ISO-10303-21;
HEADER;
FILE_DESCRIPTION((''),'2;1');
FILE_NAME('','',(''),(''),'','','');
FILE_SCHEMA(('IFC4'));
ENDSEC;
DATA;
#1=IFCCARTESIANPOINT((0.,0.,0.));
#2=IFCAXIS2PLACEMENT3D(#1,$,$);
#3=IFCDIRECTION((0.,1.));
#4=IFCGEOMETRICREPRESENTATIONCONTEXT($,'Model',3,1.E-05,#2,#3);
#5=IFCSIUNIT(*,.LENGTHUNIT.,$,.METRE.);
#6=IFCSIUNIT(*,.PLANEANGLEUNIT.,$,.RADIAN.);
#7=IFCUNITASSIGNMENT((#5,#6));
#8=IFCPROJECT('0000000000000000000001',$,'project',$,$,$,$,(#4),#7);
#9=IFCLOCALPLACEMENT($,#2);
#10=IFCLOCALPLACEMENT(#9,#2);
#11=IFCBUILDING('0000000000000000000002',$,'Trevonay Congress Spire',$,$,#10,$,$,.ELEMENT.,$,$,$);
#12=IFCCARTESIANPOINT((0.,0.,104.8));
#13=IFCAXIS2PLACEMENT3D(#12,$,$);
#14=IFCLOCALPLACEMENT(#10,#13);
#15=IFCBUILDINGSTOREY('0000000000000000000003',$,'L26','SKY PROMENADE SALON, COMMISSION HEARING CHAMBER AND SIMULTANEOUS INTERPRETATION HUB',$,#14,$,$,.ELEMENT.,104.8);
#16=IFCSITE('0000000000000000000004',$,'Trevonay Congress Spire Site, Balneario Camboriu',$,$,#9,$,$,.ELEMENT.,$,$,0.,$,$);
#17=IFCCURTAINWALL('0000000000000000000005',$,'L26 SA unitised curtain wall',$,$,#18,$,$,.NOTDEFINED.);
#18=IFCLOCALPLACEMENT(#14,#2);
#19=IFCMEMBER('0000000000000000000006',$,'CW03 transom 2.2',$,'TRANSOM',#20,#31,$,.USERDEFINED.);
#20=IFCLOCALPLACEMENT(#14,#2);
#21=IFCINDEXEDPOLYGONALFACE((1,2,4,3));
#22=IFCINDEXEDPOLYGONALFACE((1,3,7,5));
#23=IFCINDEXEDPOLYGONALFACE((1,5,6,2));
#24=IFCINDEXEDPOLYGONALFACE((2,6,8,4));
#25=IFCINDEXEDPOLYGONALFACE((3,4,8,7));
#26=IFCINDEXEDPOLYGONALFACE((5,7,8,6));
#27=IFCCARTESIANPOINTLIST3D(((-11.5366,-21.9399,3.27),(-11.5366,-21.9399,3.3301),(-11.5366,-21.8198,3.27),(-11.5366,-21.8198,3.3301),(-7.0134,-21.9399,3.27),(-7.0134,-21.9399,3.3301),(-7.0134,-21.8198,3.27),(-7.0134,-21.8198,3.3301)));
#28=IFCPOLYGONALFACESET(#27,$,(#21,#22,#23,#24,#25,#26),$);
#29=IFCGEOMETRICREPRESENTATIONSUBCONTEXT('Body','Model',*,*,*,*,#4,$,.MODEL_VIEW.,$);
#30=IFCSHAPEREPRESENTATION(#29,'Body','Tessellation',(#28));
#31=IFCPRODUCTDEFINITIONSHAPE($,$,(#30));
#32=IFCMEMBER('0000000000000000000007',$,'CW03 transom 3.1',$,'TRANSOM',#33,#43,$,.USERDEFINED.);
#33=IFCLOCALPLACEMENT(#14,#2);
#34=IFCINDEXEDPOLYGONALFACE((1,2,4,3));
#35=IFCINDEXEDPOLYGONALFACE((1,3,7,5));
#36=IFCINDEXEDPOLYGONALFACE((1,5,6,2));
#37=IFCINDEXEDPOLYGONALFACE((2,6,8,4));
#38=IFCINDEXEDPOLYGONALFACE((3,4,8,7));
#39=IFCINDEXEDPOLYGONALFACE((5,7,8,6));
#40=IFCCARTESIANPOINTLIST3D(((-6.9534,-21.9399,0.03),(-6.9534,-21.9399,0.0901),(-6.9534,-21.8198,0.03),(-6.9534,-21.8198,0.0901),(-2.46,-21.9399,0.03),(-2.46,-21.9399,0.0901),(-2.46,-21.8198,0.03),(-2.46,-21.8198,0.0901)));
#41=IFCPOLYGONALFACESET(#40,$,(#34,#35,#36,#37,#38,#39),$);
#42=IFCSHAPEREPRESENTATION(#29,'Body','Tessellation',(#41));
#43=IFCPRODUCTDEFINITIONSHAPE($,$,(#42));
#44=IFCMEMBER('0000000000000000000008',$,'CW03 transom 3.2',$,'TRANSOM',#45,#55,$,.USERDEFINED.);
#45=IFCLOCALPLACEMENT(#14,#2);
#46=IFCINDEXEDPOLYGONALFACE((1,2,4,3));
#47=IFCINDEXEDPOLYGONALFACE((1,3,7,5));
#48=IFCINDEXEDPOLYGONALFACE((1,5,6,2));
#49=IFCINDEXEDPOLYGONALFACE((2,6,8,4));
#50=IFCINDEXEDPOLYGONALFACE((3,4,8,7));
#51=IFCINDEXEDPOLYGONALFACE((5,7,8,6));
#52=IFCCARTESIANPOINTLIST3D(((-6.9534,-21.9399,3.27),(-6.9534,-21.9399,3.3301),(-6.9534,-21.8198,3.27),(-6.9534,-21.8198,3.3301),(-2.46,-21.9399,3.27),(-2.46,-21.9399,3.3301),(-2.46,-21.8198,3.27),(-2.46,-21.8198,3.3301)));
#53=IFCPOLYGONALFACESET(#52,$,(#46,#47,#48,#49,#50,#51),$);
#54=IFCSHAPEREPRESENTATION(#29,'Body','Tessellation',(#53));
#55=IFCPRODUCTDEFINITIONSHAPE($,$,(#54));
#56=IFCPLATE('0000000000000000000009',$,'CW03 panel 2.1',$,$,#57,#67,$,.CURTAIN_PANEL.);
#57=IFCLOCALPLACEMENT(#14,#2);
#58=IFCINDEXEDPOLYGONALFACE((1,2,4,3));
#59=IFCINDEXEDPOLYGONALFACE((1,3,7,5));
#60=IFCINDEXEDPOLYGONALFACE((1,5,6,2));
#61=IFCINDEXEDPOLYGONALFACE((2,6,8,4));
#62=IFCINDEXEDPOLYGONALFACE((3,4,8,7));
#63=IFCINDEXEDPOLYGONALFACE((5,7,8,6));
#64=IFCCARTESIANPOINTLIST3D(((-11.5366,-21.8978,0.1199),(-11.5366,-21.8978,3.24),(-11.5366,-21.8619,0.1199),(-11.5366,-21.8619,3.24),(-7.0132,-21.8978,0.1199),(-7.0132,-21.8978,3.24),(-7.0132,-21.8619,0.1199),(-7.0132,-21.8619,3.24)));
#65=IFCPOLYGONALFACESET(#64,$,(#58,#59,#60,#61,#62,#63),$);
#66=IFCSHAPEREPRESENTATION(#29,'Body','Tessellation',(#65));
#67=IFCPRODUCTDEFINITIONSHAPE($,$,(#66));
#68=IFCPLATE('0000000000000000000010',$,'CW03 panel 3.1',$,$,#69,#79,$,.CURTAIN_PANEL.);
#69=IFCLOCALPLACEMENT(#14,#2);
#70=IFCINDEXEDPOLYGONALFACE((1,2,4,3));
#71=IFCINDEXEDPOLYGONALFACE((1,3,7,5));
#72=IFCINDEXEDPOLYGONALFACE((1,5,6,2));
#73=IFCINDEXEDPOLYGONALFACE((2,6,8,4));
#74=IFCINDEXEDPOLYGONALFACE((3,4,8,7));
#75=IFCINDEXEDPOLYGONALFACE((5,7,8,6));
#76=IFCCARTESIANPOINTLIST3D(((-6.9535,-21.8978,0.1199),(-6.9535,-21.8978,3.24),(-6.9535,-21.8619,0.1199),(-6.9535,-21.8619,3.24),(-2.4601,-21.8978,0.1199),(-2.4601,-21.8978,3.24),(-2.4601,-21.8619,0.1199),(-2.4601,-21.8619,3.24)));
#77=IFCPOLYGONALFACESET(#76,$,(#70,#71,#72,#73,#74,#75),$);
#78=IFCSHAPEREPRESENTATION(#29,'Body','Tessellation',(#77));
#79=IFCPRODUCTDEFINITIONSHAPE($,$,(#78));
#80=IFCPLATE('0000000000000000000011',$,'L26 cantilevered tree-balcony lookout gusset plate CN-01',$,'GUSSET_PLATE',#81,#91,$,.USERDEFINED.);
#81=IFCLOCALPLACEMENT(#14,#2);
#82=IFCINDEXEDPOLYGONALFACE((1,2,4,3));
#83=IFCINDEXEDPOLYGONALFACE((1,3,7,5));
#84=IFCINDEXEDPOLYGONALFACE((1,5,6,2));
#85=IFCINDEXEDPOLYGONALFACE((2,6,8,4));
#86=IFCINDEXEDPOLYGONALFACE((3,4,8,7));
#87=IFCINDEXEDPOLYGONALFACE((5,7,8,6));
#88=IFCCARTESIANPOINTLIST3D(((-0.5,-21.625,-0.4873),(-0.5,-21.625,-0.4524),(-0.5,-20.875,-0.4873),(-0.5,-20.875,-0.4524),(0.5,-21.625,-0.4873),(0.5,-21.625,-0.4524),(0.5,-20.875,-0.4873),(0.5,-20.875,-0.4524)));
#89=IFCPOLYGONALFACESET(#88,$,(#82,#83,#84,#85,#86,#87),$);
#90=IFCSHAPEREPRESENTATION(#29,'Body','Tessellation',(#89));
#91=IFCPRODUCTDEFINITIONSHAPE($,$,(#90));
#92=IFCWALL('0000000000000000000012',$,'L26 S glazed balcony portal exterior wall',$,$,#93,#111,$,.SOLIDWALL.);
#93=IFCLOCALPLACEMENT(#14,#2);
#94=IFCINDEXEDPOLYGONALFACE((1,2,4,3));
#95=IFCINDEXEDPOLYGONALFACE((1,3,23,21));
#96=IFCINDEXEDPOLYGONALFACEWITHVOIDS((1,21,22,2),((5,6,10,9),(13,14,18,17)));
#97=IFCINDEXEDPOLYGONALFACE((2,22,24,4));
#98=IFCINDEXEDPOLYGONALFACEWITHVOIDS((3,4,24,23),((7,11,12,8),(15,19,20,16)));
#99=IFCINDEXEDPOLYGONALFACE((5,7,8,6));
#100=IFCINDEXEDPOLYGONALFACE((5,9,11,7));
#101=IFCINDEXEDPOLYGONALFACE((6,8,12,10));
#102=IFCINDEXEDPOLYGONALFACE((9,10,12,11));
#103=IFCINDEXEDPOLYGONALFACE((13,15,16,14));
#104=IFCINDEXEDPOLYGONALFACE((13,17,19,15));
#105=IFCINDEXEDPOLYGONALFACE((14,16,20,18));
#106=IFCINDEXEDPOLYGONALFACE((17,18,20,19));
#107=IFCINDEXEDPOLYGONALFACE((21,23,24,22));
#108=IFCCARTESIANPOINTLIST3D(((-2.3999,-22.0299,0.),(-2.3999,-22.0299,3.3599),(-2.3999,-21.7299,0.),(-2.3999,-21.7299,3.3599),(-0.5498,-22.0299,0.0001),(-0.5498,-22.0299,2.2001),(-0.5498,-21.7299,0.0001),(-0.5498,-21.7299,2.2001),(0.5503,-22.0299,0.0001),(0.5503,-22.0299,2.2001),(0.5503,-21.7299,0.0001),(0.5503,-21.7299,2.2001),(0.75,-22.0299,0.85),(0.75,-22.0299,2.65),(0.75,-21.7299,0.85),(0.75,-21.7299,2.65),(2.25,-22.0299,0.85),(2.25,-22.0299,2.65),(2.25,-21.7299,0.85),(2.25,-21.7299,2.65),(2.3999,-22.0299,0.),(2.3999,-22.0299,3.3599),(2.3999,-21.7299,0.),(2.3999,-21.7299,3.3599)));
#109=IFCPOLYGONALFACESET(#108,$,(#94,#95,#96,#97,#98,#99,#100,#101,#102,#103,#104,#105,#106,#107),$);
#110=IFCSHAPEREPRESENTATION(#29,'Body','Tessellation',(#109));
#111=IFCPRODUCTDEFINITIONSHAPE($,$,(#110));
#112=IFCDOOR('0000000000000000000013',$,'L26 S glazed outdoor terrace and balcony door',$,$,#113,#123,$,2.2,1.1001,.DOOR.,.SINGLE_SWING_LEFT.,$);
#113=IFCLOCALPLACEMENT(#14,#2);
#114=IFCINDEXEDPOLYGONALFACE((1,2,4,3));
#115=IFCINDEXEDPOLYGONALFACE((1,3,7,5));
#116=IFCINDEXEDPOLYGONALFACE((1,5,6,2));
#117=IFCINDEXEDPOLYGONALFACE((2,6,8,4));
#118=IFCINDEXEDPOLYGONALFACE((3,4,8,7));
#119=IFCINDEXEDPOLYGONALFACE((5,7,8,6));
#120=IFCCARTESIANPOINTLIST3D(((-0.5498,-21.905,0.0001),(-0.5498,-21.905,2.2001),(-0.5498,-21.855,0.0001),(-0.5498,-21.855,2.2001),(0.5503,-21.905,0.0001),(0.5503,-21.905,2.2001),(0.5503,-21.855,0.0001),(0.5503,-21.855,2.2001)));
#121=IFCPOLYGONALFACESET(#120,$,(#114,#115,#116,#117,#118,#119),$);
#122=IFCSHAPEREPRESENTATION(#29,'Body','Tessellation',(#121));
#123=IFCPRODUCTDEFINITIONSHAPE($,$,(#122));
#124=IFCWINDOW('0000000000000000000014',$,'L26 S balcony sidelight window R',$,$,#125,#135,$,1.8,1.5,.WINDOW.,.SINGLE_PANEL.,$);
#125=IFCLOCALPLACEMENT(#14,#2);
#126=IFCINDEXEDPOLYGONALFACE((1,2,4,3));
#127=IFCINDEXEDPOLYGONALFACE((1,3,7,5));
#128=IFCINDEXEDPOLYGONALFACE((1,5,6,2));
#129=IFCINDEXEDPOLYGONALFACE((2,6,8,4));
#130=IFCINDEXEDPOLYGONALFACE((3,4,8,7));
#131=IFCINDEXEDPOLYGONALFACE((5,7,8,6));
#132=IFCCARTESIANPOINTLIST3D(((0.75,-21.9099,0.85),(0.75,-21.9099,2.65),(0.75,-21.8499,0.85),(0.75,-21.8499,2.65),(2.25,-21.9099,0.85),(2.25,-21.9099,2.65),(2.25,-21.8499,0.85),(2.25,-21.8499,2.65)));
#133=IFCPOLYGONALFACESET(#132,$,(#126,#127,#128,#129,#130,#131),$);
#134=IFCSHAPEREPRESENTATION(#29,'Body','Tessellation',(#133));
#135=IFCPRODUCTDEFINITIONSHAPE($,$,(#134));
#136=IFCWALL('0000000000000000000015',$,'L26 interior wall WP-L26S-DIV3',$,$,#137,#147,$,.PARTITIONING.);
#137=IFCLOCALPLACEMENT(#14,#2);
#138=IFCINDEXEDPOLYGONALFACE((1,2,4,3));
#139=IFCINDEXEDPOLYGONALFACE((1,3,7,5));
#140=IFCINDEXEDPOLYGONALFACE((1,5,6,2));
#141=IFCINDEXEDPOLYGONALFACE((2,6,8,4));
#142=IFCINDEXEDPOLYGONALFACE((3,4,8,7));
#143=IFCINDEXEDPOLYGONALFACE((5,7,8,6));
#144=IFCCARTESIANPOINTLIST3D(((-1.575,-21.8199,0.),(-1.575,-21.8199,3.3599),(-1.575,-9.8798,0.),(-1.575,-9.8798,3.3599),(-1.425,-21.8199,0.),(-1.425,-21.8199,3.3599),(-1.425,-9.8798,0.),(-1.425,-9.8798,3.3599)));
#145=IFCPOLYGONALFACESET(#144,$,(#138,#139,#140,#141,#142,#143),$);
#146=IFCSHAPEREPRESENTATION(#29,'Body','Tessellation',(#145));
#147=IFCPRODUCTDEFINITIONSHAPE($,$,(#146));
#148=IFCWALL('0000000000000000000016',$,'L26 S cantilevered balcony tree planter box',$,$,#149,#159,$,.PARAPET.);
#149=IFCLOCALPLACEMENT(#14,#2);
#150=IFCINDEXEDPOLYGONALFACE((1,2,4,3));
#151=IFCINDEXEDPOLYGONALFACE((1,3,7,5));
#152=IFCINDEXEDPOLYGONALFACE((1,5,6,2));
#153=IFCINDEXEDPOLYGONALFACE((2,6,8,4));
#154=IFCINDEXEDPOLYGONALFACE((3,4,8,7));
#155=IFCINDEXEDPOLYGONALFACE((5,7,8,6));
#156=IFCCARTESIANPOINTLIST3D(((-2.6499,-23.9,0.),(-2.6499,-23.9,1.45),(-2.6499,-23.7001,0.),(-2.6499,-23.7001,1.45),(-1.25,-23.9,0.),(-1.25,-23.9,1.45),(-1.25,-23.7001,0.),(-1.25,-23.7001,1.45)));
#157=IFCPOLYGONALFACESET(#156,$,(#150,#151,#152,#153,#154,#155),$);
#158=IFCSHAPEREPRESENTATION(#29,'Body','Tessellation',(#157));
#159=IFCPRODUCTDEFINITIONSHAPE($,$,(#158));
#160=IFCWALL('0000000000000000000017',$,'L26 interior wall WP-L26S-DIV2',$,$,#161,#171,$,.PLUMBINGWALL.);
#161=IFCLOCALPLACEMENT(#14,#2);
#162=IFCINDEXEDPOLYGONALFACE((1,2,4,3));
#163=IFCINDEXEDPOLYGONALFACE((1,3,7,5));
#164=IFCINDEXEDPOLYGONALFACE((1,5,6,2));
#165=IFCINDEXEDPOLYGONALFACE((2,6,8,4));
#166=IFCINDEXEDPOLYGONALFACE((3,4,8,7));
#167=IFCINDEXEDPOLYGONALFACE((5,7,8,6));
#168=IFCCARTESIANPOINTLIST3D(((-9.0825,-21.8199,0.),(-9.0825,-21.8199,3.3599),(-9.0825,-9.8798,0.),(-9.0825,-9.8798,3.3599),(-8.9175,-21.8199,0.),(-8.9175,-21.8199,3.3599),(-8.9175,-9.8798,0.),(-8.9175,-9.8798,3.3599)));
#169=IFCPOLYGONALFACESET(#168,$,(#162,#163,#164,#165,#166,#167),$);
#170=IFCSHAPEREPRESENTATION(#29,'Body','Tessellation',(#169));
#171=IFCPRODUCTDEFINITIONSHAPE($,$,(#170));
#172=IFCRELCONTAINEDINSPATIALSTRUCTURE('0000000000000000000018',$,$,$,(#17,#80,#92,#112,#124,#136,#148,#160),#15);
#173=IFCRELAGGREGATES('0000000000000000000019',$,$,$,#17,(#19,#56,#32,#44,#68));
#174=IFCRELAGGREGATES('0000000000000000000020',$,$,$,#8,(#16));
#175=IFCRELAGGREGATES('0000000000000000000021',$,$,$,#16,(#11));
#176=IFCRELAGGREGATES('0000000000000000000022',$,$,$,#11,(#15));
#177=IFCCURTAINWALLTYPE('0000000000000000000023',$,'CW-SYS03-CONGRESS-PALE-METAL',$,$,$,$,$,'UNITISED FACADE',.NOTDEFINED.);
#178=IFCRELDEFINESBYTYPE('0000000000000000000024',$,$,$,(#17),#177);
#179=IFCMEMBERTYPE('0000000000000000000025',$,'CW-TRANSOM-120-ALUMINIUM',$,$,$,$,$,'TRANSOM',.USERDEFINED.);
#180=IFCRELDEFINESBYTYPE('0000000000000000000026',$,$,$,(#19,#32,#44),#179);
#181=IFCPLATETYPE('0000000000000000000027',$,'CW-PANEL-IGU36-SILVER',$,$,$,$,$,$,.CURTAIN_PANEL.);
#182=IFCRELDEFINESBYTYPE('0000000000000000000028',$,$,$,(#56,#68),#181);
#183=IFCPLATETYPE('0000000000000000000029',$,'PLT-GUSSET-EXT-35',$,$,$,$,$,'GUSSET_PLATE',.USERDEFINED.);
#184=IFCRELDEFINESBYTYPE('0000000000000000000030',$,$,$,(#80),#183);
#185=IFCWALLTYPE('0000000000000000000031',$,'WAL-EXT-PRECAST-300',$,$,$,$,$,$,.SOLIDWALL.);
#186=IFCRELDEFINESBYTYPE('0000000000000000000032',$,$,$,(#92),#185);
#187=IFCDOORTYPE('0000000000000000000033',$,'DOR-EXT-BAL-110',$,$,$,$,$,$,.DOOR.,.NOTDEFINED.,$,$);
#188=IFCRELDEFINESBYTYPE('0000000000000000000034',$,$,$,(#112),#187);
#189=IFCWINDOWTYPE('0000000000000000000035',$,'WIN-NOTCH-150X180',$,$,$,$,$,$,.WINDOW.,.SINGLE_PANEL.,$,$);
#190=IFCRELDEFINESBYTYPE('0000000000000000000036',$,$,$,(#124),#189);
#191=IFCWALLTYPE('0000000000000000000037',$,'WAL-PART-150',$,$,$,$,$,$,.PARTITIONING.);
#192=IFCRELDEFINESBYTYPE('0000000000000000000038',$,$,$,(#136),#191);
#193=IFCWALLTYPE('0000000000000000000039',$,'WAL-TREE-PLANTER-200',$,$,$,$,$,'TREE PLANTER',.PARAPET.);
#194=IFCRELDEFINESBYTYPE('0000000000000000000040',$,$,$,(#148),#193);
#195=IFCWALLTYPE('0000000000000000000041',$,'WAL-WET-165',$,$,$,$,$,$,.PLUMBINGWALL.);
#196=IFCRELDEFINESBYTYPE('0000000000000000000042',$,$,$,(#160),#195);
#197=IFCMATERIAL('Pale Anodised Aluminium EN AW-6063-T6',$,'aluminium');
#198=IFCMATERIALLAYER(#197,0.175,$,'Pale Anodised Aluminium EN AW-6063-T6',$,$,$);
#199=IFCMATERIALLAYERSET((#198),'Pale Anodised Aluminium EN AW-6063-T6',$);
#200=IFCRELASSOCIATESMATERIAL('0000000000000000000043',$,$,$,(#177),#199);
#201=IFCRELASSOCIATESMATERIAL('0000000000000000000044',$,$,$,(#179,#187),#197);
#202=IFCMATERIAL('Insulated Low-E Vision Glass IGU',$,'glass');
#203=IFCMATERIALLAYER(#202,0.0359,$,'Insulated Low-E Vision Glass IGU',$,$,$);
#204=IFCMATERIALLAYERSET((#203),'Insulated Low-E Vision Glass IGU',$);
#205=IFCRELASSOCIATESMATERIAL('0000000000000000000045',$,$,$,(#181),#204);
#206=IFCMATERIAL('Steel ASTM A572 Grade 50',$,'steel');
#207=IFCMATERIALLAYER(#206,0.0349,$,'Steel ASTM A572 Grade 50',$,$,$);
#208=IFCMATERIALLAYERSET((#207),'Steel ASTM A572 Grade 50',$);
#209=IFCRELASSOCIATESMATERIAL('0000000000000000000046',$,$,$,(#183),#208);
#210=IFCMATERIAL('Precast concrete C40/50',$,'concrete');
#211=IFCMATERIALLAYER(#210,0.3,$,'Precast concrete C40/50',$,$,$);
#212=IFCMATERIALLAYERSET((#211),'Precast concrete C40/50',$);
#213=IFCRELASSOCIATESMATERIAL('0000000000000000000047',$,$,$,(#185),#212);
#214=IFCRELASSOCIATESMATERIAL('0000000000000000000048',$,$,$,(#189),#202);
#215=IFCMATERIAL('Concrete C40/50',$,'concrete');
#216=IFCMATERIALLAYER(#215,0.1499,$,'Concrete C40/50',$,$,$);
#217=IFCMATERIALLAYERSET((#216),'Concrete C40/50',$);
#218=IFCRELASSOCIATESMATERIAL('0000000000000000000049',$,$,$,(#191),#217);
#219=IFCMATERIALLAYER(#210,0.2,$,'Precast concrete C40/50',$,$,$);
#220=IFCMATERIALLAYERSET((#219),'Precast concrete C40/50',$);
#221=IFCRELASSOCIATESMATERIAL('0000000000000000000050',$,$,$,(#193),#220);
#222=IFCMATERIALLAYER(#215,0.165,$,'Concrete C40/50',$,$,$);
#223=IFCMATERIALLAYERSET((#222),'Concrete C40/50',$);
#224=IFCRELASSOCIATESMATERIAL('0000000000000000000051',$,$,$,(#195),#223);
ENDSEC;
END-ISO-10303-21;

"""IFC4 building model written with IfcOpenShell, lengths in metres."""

from ifc_helpers import new_model, si_unit, direction, frame, frame_2d, origin, origin_2d, place, context, subcontext, project, spatial, rectangle, extrude, material, layer, layer_set, material_profile, profile_set, type_object, element, fill, aggregate, save


model = new_model("IFC4")

# Units and contexts
model_context = context("Model", 3, precision=1e-05, world=origin(), true_north=direction((0.0, 1.0)))
body_context = subcontext(model_context, "Body", "Model", "MODEL_VIEW")
ifc_project = project(units=[si_unit("LENGTHUNIT", "METRE"), si_unit("PLANEANGLEUNIT", "RADIAN")], contexts=[model_context])

# Site, building, storey
site_placement = place(None, origin())
site = spatial("IfcSite", under=ifc_project, at=site_placement, Name="Trevonay Congress Spire Site, Balneario Camboriu", CompositionType="ELEMENT", RefElevation=0.0)
building_placement = place(site_placement, origin())
building = spatial("IfcBuilding", under=site, at=building_placement, Name="Trevonay Congress Spire", CompositionType="ELEMENT")
storey_placement = place(building_placement, frame((0.0, 0.0, 104.8)))
storey = spatial("IfcBuildingStorey", under=building, at=storey_placement, Name="L26", Description="SKY PROMENADE SALON, COMMISSION HEARING CHAMBER AND SIMULTANEOUS INTERPRETATION HUB", CompositionType="ELEMENT", Elevation=104.8)

# Shared definitions
ifc_material_1 = material(Name="Steel ASTM A572 Grade 50", Category="steel")

# Curtain wall, members, plates
ifc_material_2 = material(Name="Pale Anodised Aluminium EN AW-6063-T6", Category="aluminium")
ifc_layer_1 = layer(ifc_material_2, 0.175, Name="Pale Anodised Aluminium EN AW-6063-T6")
ifc_layer_set_1 = layer_set([ifc_layer_1], Name="Pale Anodised Aluminium EN AW-6063-T6")
curtain_wall_type = type_object("IfcCurtainWallType", Name="CW-SYS03-CONGRESS-PALE-METAL", ElementType="UNITISED FACADE", PredefinedType="NOTDEFINED", material=ifc_layer_set_1)
curtain_wall_placement = place(storey_placement, origin())
curtain_wall = element("IfcCurtainWall", 1, at=curtain_wall_placement, inside=storey, type_object=curtain_wall_type, Name="L26 SA unitised curtain wall", PredefinedType="NOTDEFINED")
ifc_material_profile_1 = material_profile(ifc_material_2, rectangle(XDim=0.1201, YDim=0.0601, at=origin_2d()), Name="CW-TRANSOM-120-ALUMINIUM")
ifc_profile_set_1 = profile_set([ifc_material_profile_1], Name="Pale Anodised Aluminium EN AW-6063-T6")
member_type_1 = type_object("IfcMemberType", Name="CW-TRANSOM-120-ALUMINIUM", ElementType="TRANSOM", PredefinedType="USERDEFINED", material=ifc_profile_set_1)
member_1_placement = place(storey_placement, frame((-11.5366, -21.8799, 3.3), z_axis=(1.0, 0.0, 0.0), x_axis=(0.0, 1.0, 0.0)))
member_1 = element("IfcMember", 2, at=member_1_placement, type_object=member_type_1, Name="CW03 transom 2.2", ObjectType="TRANSOM", PredefinedType="USERDEFINED", context=body_context, shape_type="SweptSolid", body=[
    extrude(rectangle(XDim=0.1201, YDim=0.0601, at=origin_2d()), origin(), (0.0, 0.0, 1.0), 4.5232),
])
member_2_placement = place(storey_placement, frame((-6.9534, -21.8799, 0.0601), z_axis=(1.0, 0.0, 0.0), x_axis=(0.0, 1.0, 0.0)))
member_2 = element("IfcMember", 3, at=member_2_placement, type_object=member_type_1, Name="CW03 transom 3.1", ObjectType="TRANSOM", PredefinedType="USERDEFINED", context=body_context, shape_type="SweptSolid", body=[
    extrude(rectangle(XDim=0.1201, YDim=0.0601, at=origin_2d()), origin(), (0.0, 0.0, 1.0), 4.4934),
])
member_3_placement = place(storey_placement, frame((-6.9534, -21.8799, 3.3), z_axis=(1.0, 0.0, 0.0), x_axis=(0.0, 1.0, 0.0)))
member_3 = element("IfcMember", 4, at=member_3_placement, type_object=member_type_1, Name="CW03 transom 3.2", ObjectType="TRANSOM", PredefinedType="USERDEFINED", context=body_context, shape_type="SweptSolid", body=[
    extrude(rectangle(XDim=0.1201, YDim=0.0601, at=origin_2d()), origin(), (0.0, 0.0, 1.0), 4.4934),
])
ifc_material_3 = material(Name="Insulated Low-E Vision Glass IGU", Category="glass")
ifc_layer_2 = layer(ifc_material_3, 0.0359, Name="Insulated Low-E Vision Glass IGU")
ifc_layer_set_2 = layer_set([ifc_layer_2], Name="Insulated Low-E Vision Glass IGU")
plate_type_1 = type_object("IfcPlateType", Name="CW-PANEL-IGU36-SILVER", PredefinedType="CURTAIN_PANEL", material=ifc_layer_set_2)
plate_1_placement = place(storey_placement, frame((-9.2749, -21.8799, 0.1199), z_axis=(0.0, 0.0, 1.0), x_axis=(1.0, 0.0, 0.0)))
plate_1 = element("IfcPlate", 5, at=plate_1_placement, type_object=plate_type_1, Name="CW03 panel 2.1", PredefinedType="CURTAIN_PANEL", context=body_context, shape_type="SweptSolid", body=[
    extrude(rectangle(XDim=4.5234, YDim=0.0359, at=origin_2d()), origin(), (0.0, 0.0, 1.0), 3.1201),
])
plate_2_placement = place(storey_placement, frame((-4.7068, -21.8799, 0.1199), z_axis=(0.0, 0.0, 1.0), x_axis=(1.0, 0.0, 0.0)))
plate_2 = element("IfcPlate", 6, at=plate_2_placement, type_object=plate_type_1, Name="CW03 panel 3.1", PredefinedType="CURTAIN_PANEL", context=body_context, shape_type="SweptSolid", body=[
    extrude(rectangle(XDim=4.4934, YDim=0.0359, at=origin_2d()), origin(), (0.0, 0.0, 1.0), 3.1201),
])
aggregate(curtain_wall, [member_1, plate_1, member_2, member_3, plate_2])

# Plate
ifc_layer_3 = layer(ifc_material_1, 0.0349, Name="Steel ASTM A572 Grade 50")
ifc_layer_set_3 = layer_set([ifc_layer_3], Name="Steel ASTM A572 Grade 50")
plate_type_2 = type_object("IfcPlateType", Name="PLT-GUSSET-EXT-35", ElementType="GUSSET_PLATE", PredefinedType="USERDEFINED", material=ifc_layer_set_3)
plate_3_placement = place(storey_placement, frame((0.0, -21.25, -0.4873), z_axis=(0.0, 0.0, 1.0), x_axis=(1.0, 0.0, 0.0)))
element("IfcPlate", 7, at=plate_3_placement, inside=storey, type_object=plate_type_2, Name="L26 cantilevered tree-balcony lookout gusset plate CN-01", ObjectType="GUSSET_PLATE", PredefinedType="USERDEFINED", context=body_context, shape_type="SweptSolid", body=[
    extrude(rectangle(XDim=1.0, YDim=0.75, at=origin_2d()), origin(), (0.0, 0.0, 1.0), 0.0349),
])

# Wall, openings, door, window
ifc_material_4 = material(Name="Precast concrete C40/50", Category="concrete")
ifc_layer_4 = layer(ifc_material_4, 0.3, Name="Precast concrete C40/50")
ifc_layer_set_4 = layer_set([ifc_layer_4], Name="Precast concrete C40/50")
wall_type_1 = type_object("IfcWallType", Name="WAL-EXT-PRECAST-300", PredefinedType="SOLIDWALL", material=ifc_layer_set_4)
wall_1_placement = place(storey_placement, frame((-2.3999, -21.8799, 0.0), z_axis=(0.0, 0.0, 1.0), x_axis=(1.0, 0.0, 0.0)))
wall_1 = element("IfcWall", 8, at=wall_1_placement, inside=storey, type_object=wall_type_1, Name="L26 S glazed balcony portal exterior wall", PredefinedType="SOLIDWALL", context=body_context, shape_type="SweptSolid", body=[
    extrude(rectangle(XDim=4.7998, YDim=0.3, at=frame_2d((2.3999, 0.0))), origin(), (0.0, 0.0, 1.0), 3.3599),
])
opening_1_placement = place(wall_1_placement, frame((1.8501, 0.0, 0.0)))
opening_1 = element("IfcOpeningElement", 9, at=opening_1_placement, cuts=wall_1, PredefinedType="OPENING", context=body_context, shape_type="SweptSolid", body=[
    extrude(rectangle(XDim=1.1001, YDim=2.2, at=frame_2d((0.55, 1.1001))), frame((0.0, 0.1602, 0.0), z_axis=(0.0, -1.0, 0.0), x_axis=(1.0, 0.0, 0.0)), (0.0, 0.0, 1.0), 0.3201),
])
opening_2_placement = place(wall_1_placement, frame((3.1499, 0.0, 0.8501)))
opening_2 = element("IfcOpeningElement", 10, at=opening_2_placement, cuts=wall_1, PredefinedType="OPENING", context=body_context, shape_type="SweptSolid", body=[
    extrude(rectangle(XDim=1.5, YDim=1.8, at=frame_2d((0.75, 0.8999))), frame((0.0, 0.1602, 0.0), z_axis=(0.0, -1.0, 0.0), x_axis=(1.0, 0.0, 0.0)), (0.0, 0.0, 1.0), 0.3201),
])
door_type = type_object("IfcDoorType", Name="DOR-EXT-BAL-110", OperationType="NOTDEFINED", PredefinedType="DOOR", material=ifc_material_2)
door_placement = place(opening_1_placement, origin())
door = element("IfcDoor", 11, at=door_placement, inside=storey, type_object=door_type, Name="L26 S glazed outdoor terrace and balcony door", OperationType="SINGLE_SWING_LEFT", OverallHeight=2.2, OverallWidth=1.1001, PredefinedType="DOOR", context=body_context, shape_type="SweptSolid", body=[
    extrude(rectangle(XDim=1.1001, YDim=2.2, at=frame_2d((0.55, 1.1001))), frame((0.0, 0.0249, 0.0), z_axis=(0.0, -1.0, 0.0), x_axis=(1.0, 0.0, 0.0)), (0.0, 0.0, 1.0), 0.05),
])
fill(opening_1, door)
window_type = type_object("IfcWindowType", Name="WIN-NOTCH-150X180", PartitioningType="SINGLE_PANEL", PredefinedType="WINDOW", material=ifc_material_3)
window_placement = place(opening_2_placement, origin())
window = element("IfcWindow", 12, at=window_placement, inside=storey, type_object=window_type, Name="L26 S balcony sidelight window R", OverallHeight=1.8, OverallWidth=1.5, PartitioningType="SINGLE_PANEL", PredefinedType="WINDOW", context=body_context, shape_type="SweptSolid", body=[
    extrude(rectangle(XDim=1.5, YDim=1.8, at=frame_2d((0.75, 0.8999))), frame((0.0, 0.03, 0.0), z_axis=(0.0, -1.0, 0.0), x_axis=(1.0, 0.0, 0.0)), (0.0, 0.0, 1.0), 0.0601),
])
fill(opening_2, window)

# Walls
ifc_material_5 = material(Name="Concrete C40/50", Category="concrete")
ifc_layer_5 = layer(ifc_material_5, 0.1499, Name="Concrete C40/50")
ifc_layer_set_5 = layer_set([ifc_layer_5], Name="Concrete C40/50")
wall_type_2 = type_object("IfcWallType", Name="WAL-PART-150", PredefinedType="PARTITIONING", material=ifc_layer_set_5)
wall_2_placement = place(storey_placement, frame((-1.5, -21.8201, 0.0), z_axis=(0.0, 0.0, 1.0), x_axis=(0.0, 1.0, 0.0)))
element("IfcWall", 13, at=wall_2_placement, inside=storey, type_object=wall_type_2, Name="L26 interior wall WP-L26S-DIV3", PredefinedType="PARTITIONING", context=body_context, shape_type="SweptSolid", body=[
    extrude(rectangle(XDim=11.9402, YDim=0.1499, at=frame_2d((5.9702, 0.0))), origin(), (0.0, 0.0, 1.0), 3.3599),
])
ifc_layer_6 = layer(ifc_material_4, 0.2, Name="Precast concrete C40/50")
ifc_layer_set_6 = layer_set([ifc_layer_6], Name="Precast concrete C40/50")
wall_type_3 = type_object("IfcWallType", Name="WAL-TREE-PLANTER-200", ElementType="TREE PLANTER", PredefinedType="PARAPET", material=ifc_layer_set_6)
wall_3_placement = place(storey_placement, frame((-2.6499, -23.8, 0.0), z_axis=(0.0, 0.0, 1.0), x_axis=(1.0, 0.0, 0.0)))
element("IfcWall", 14, at=wall_3_placement, inside=storey, type_object=wall_type_3, Name="L26 S cantilevered balcony tree planter box", PredefinedType="PARAPET", context=body_context, shape_type="SweptSolid", body=[
    extrude(rectangle(XDim=1.3999, YDim=0.2, at=frame_2d((0.7, 0.0))), origin(), (0.0, 0.0, 1.0), 1.45),
])
ifc_layer_7 = layer(ifc_material_5, 0.165, Name="Concrete C40/50")
ifc_layer_set_7 = layer_set([ifc_layer_7], Name="Concrete C40/50")
wall_type_4 = type_object("IfcWallType", Name="WAL-WET-165", PredefinedType="PLUMBINGWALL", material=ifc_layer_set_7)
wall_4_placement = place(storey_placement, frame((-9.0, -21.8201, 0.0), z_axis=(0.0, 0.0, 1.0), x_axis=(0.0, 1.0, 0.0)))
element("IfcWall", 15, at=wall_4_placement, inside=storey, type_object=wall_type_4, Name="L26 interior wall WP-L26S-DIV2", PredefinedType="PLUMBINGWALL", context=body_context, shape_type="SweptSolid", body=[
    extrude(rectangle(XDim=11.9402, YDim=0.165, at=frame_2d((5.9702, 0.0))), origin(), (0.0, 0.0, 1.0), 3.3599),
])

save(model, "model.ifc")
